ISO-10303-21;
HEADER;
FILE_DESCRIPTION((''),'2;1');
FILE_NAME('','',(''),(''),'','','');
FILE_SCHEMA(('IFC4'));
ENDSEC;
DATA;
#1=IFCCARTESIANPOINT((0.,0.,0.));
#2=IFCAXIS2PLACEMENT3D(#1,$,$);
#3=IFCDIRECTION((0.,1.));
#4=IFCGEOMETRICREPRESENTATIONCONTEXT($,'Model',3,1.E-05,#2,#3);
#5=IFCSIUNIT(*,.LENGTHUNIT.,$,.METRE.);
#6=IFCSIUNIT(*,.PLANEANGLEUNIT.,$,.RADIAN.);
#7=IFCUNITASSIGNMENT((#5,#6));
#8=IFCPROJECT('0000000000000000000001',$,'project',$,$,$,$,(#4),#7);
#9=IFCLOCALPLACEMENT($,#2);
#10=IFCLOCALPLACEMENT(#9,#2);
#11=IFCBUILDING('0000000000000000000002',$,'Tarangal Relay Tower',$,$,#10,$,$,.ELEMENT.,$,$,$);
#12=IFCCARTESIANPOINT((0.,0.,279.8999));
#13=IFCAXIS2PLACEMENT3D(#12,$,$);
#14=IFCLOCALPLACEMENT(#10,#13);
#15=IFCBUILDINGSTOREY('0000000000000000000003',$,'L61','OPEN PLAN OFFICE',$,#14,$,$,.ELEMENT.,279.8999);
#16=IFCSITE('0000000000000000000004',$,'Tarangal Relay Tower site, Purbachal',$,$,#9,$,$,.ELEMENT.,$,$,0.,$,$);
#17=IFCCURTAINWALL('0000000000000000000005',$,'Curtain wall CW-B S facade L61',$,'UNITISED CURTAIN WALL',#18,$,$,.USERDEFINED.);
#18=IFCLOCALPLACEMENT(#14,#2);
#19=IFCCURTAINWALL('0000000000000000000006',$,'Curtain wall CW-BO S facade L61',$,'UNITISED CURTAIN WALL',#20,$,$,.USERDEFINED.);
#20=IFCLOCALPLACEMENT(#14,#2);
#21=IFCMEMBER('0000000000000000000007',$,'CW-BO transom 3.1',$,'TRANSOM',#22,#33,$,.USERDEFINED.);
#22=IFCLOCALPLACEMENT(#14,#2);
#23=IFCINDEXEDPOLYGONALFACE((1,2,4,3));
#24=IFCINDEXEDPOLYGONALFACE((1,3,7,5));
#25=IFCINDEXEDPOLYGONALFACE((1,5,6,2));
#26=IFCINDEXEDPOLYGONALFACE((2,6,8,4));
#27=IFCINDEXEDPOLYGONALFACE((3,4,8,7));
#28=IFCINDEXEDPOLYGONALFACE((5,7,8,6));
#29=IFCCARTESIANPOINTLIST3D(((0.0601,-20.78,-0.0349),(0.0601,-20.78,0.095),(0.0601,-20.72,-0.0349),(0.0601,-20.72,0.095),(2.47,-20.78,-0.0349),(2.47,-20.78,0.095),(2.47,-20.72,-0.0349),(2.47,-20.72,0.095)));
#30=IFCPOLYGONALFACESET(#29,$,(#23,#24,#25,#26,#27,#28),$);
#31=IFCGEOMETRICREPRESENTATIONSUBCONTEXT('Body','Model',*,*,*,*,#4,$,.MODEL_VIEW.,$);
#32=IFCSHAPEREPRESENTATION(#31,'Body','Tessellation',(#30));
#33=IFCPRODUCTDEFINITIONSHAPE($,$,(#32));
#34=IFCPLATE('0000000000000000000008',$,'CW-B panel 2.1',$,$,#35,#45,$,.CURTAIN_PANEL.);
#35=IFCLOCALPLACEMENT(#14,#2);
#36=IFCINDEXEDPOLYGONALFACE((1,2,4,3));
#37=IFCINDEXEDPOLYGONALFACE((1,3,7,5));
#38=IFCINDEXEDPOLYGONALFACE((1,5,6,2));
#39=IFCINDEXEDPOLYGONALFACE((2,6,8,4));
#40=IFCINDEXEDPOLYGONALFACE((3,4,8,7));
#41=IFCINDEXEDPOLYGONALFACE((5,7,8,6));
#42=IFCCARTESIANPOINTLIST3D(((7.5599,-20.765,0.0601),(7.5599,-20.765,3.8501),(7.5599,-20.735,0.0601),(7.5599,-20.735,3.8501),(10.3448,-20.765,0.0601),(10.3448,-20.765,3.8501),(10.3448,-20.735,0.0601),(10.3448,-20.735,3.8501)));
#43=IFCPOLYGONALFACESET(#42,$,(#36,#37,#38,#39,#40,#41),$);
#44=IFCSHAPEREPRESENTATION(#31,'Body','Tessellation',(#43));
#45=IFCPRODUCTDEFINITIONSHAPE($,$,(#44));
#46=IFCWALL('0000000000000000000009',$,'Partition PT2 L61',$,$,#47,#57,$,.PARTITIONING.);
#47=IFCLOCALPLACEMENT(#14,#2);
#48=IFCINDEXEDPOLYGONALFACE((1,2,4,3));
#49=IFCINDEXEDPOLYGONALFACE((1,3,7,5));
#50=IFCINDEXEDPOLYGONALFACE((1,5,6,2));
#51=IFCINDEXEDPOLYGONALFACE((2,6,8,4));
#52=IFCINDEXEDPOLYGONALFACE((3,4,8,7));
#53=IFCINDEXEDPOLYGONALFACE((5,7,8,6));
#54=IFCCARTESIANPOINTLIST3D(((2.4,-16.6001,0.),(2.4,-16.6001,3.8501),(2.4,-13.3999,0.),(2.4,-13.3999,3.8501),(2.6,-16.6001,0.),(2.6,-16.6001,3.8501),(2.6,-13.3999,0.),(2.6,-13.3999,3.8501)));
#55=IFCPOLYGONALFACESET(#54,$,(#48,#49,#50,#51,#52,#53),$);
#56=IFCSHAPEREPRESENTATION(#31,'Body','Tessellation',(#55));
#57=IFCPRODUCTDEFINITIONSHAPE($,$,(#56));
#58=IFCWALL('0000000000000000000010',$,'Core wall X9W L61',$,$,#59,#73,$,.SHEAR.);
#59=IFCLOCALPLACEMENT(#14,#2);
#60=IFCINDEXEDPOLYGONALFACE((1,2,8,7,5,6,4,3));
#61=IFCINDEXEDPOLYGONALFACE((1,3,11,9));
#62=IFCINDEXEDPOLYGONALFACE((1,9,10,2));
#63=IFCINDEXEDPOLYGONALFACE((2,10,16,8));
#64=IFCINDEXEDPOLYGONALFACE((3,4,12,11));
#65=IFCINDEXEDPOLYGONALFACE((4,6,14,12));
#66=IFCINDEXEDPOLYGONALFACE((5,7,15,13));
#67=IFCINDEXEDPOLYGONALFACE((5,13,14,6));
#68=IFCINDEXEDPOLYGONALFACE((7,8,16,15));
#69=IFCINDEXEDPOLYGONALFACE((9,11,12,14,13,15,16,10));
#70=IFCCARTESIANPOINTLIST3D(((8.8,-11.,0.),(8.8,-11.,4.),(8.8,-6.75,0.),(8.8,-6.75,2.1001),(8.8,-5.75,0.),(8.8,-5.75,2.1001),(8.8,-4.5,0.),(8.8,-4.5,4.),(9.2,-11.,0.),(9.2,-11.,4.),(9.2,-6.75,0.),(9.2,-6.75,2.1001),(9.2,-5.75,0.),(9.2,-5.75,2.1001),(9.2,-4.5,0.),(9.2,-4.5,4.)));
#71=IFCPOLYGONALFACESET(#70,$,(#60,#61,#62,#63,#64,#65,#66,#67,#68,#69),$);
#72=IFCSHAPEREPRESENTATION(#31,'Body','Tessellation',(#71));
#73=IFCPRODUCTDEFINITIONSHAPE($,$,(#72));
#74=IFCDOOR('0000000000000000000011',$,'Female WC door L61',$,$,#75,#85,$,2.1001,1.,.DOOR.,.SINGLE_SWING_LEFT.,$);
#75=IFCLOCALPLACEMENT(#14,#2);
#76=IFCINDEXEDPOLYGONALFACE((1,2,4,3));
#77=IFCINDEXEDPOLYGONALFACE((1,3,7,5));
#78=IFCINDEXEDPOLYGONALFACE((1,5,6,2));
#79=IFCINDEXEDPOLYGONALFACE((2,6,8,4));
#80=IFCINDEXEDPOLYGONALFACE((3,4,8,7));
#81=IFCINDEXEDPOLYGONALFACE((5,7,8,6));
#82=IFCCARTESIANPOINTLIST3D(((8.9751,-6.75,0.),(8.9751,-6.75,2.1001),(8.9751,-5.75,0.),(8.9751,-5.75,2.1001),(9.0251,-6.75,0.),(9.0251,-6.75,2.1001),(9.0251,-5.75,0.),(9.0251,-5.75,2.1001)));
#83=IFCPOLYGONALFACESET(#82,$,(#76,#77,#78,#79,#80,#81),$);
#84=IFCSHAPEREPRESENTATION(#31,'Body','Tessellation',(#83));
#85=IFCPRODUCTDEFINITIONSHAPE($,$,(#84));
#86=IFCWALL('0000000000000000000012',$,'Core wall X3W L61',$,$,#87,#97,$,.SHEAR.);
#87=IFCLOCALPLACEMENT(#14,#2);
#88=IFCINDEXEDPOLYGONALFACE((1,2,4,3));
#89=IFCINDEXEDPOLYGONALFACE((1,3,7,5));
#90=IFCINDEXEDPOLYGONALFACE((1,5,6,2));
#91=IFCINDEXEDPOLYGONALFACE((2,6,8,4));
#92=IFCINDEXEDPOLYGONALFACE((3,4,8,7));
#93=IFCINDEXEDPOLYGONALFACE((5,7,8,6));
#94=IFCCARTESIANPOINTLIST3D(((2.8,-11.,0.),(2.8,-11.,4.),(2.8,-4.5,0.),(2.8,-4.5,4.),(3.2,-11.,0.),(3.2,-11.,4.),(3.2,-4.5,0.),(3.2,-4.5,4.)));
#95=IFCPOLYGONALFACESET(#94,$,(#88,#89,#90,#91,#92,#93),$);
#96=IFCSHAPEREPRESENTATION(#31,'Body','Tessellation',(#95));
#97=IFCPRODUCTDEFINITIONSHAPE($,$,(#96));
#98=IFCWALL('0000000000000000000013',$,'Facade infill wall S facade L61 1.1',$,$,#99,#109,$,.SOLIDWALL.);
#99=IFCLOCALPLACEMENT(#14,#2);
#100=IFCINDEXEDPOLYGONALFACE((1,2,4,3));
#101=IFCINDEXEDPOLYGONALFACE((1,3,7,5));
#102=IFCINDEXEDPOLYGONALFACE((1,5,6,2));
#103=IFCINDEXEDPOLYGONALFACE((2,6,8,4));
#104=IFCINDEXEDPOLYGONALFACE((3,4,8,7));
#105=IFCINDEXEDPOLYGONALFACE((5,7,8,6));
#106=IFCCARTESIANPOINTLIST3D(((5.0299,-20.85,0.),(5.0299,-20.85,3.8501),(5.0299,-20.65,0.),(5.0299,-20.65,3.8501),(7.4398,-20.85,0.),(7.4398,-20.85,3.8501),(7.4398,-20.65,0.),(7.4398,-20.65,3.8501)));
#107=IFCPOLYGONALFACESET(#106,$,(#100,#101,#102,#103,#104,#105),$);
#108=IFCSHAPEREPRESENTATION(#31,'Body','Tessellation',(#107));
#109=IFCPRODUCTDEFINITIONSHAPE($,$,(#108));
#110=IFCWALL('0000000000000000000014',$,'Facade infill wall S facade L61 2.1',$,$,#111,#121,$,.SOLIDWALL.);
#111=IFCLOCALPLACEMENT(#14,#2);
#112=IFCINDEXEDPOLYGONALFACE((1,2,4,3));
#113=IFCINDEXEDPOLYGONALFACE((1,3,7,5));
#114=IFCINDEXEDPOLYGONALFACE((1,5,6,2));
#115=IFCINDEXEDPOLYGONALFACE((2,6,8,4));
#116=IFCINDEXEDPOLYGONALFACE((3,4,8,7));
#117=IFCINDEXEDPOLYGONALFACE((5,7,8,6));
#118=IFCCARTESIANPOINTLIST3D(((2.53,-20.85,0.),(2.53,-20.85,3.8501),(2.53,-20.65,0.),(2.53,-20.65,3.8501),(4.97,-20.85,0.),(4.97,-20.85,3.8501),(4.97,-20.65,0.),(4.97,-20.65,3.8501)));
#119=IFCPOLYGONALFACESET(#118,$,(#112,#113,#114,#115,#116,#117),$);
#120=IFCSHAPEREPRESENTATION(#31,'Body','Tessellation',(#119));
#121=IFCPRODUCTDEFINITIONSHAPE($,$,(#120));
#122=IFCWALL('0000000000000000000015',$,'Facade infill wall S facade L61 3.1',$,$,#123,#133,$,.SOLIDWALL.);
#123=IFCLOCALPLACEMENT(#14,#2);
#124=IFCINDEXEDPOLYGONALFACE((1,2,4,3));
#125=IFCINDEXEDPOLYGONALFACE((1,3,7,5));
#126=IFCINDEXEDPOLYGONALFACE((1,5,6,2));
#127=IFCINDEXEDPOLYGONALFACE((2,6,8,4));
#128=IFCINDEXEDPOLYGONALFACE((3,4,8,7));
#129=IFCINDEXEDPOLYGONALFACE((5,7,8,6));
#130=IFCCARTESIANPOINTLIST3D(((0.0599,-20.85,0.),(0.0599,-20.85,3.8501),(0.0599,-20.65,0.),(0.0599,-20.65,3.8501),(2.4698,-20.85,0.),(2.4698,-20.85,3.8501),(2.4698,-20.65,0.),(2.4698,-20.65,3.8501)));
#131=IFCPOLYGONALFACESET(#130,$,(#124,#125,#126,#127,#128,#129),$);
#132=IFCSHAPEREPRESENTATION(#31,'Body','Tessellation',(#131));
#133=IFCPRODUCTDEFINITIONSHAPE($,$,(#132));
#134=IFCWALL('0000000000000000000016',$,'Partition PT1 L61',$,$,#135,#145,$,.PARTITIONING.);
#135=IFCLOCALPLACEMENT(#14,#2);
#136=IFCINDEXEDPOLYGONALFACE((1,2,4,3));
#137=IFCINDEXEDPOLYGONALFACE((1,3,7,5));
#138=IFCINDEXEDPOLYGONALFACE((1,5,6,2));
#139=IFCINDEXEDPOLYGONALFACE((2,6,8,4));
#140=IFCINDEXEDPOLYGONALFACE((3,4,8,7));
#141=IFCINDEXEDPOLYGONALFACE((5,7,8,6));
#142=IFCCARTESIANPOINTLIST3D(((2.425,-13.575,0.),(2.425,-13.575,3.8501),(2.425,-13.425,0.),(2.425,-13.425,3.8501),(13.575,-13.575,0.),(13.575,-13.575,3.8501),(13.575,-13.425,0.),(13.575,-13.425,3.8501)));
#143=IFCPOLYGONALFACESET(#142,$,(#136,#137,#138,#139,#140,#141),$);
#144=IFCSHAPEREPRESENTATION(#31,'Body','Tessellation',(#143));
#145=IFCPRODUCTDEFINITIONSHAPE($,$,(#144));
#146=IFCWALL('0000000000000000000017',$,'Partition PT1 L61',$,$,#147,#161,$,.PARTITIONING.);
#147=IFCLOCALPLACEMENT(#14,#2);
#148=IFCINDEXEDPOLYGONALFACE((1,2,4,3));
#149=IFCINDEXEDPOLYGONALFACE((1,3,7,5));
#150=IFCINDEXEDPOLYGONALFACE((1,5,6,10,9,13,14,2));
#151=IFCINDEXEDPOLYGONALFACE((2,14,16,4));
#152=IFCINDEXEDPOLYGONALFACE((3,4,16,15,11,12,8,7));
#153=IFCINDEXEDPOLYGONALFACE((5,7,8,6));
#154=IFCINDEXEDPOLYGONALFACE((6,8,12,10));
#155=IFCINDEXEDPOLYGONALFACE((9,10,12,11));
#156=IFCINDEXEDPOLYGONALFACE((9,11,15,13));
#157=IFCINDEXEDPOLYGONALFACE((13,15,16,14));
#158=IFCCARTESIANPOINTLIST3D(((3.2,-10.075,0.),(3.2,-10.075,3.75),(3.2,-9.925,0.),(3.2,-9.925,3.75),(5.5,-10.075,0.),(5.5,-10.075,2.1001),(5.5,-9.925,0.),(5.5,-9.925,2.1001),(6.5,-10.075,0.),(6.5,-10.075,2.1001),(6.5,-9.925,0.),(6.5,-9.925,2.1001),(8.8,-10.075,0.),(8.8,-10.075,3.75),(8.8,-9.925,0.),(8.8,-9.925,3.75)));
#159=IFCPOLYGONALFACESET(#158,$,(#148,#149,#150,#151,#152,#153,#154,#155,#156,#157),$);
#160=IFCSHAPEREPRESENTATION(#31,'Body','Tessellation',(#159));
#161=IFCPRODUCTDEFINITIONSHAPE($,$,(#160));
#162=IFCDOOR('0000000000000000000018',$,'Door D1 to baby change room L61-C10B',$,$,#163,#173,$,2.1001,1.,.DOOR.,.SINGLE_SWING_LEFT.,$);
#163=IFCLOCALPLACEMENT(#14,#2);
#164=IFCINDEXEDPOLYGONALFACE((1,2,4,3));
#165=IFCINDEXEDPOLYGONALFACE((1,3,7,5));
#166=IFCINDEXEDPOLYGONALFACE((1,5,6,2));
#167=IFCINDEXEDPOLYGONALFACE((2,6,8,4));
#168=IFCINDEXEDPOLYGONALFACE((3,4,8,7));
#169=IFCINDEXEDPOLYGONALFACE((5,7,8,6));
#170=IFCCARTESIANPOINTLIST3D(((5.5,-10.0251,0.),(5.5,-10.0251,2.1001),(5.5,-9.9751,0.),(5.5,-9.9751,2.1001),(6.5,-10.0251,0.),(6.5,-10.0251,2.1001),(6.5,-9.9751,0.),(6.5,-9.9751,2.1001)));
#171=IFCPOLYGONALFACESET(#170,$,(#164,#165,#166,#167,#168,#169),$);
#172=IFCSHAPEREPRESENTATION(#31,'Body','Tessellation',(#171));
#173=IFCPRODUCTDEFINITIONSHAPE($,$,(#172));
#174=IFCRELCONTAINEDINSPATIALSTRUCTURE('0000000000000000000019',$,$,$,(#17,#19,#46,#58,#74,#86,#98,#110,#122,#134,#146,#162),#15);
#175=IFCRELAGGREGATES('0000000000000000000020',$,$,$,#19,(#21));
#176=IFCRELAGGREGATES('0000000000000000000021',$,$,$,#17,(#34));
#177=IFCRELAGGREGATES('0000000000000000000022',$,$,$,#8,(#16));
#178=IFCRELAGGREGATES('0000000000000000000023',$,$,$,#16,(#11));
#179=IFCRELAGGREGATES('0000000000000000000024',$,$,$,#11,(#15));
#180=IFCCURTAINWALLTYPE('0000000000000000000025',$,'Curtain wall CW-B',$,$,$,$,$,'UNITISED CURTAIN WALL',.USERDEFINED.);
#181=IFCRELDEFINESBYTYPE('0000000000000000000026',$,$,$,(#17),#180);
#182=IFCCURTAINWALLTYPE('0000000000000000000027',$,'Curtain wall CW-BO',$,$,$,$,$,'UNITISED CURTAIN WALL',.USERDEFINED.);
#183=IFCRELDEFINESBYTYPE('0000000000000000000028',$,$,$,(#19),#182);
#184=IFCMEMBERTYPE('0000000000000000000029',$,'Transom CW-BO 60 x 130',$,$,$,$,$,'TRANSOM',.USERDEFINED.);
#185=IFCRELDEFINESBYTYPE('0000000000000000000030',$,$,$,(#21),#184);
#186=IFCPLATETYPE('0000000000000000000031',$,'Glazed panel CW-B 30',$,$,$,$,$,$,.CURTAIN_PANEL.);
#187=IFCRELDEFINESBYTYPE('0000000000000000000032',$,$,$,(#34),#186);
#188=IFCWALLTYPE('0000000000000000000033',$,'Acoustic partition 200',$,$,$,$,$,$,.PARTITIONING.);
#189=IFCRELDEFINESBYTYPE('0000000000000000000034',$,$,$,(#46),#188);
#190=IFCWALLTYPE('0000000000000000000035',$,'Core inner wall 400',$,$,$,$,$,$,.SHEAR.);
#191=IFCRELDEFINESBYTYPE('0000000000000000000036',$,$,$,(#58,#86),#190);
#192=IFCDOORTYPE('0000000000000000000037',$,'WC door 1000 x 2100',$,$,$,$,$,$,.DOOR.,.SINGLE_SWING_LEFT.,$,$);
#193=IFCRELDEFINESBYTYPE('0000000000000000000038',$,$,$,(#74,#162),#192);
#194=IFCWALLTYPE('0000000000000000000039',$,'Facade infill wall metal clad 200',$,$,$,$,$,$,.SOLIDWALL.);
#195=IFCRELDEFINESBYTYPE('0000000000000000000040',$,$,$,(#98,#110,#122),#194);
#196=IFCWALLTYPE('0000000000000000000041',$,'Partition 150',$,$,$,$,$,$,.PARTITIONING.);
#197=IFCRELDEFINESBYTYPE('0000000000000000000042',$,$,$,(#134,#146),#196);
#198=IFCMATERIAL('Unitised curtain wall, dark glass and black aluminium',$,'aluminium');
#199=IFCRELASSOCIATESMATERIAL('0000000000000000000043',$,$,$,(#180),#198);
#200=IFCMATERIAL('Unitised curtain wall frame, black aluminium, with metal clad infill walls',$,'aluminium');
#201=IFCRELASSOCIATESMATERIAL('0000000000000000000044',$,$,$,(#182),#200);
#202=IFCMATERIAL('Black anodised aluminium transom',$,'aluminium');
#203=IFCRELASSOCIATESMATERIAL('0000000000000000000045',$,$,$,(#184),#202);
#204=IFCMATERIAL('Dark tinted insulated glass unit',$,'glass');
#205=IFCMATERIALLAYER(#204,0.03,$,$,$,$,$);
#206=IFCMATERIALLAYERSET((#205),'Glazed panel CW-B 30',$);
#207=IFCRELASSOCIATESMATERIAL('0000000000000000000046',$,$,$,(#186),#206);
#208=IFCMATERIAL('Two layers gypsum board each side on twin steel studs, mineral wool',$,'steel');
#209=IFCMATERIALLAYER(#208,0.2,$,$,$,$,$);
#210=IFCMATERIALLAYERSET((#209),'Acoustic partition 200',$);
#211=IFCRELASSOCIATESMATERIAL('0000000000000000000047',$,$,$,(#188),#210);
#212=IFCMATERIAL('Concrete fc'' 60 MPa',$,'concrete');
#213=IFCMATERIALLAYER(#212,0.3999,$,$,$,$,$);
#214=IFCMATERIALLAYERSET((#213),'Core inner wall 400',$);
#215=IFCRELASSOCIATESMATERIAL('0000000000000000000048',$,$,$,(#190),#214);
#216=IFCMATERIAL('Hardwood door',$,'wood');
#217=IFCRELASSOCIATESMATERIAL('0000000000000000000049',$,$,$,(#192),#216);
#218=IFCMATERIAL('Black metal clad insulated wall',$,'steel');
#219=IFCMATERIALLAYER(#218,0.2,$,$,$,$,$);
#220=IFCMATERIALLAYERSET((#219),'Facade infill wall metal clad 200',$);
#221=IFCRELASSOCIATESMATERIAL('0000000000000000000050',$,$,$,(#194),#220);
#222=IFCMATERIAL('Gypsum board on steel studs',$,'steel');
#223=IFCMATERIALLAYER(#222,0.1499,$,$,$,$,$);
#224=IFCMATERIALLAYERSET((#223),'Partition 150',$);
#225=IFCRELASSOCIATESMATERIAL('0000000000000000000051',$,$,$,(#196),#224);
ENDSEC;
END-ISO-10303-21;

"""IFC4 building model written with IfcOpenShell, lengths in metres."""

from ifc_helpers import new_model, si_unit, direction, frame, frame_2d, origin, origin_2d, place, context, subcontext, project, spatial, rectangle, extrude, material, layer, layer_set, material_profile, profile_set, type_object, element, fill, aggregate, save


model = new_model("IFC4")

# Units and contexts
model_context = context("Model", 3, precision=1e-05, world=origin(), true_north=direction((0.0, 1.0)))
body_context = subcontext(model_context, "Body", "Model", "MODEL_VIEW")
ifc_project = project(units=[si_unit("LENGTHUNIT", "METRE"), si_unit("PLANEANGLEUNIT", "RADIAN")], contexts=[model_context])

# Site, building, storey
site_placement = place(None, origin())
site = spatial("IfcSite", under=ifc_project, at=site_placement, Name="Tarangal Relay Tower site, Purbachal", CompositionType="ELEMENT", RefElevation=0.0)
building_placement = place(site_placement, origin())
building = spatial("IfcBuilding", under=site, at=building_placement, Name="Tarangal Relay Tower", CompositionType="ELEMENT")
storey_placement = place(building_placement, frame((0.0, 0.0, 279.8999)))
storey = spatial("IfcBuildingStorey", under=building, at=storey_placement, Name="L61", Description="OPEN PLAN OFFICE", CompositionType="ELEMENT", Elevation=279.8999)

# Curtain wall
ifc_material_1 = material(Name="Unitised curtain wall, dark glass and black aluminium", Category="aluminium")
curtain_wall_type_1 = type_object("IfcCurtainWallType", Name="Curtain wall CW-B", ElementType="UNITISED CURTAIN WALL", PredefinedType="USERDEFINED", material=ifc_material_1)
curtain_wall_1_placement = place(storey_placement, origin())
curtain_wall_1 = element("IfcCurtainWall", 1, at=curtain_wall_1_placement, inside=storey, type_object=curtain_wall_type_1, Name="Curtain wall CW-B S facade L61", ObjectType="UNITISED CURTAIN WALL", PredefinedType="USERDEFINED")

# Curtain wall, member
ifc_material_2 = material(Name="Unitised curtain wall frame, black aluminium, with metal clad infill walls", Category="aluminium")
curtain_wall_type_2 = type_object("IfcCurtainWallType", Name="Curtain wall CW-BO", ElementType="UNITISED CURTAIN WALL", PredefinedType="USERDEFINED", material=ifc_material_2)
curtain_wall_2_placement = place(storey_placement, origin())
curtain_wall_2 = element("IfcCurtainWall", 2, at=curtain_wall_2_placement, inside=storey, type_object=curtain_wall_type_2, Name="Curtain wall CW-BO S facade L61", ObjectType="UNITISED CURTAIN WALL", PredefinedType="USERDEFINED")
ifc_material_3 = material(Name="Black anodised aluminium transom", Category="aluminium")
ifc_material_profile_1 = material_profile(ifc_material_3, rectangle(XDim=0.0601, YDim=0.1299, at=origin_2d()), Name="CW-BOT 60X130")
ifc_profile_set_1 = profile_set([ifc_material_profile_1], Name="Black anodised aluminium transom")
member_type_1 = type_object("IfcMemberType", Name="Transom CW-BO 60 x 130", ElementType="TRANSOM", PredefinedType="USERDEFINED", material=ifc_profile_set_1)
member_1_placement = place(storey_placement, frame((2.47, -20.75, 0.03), z_axis=(-1.0, 0.0, 0.0), x_axis=(0.0, -1.0, 0.0)))
member_1 = element("IfcMember", 3, at=member_1_placement, type_object=member_type_1, Name="CW-BO transom 3.1", ObjectType="TRANSOM", PredefinedType="USERDEFINED", context=body_context, shape_type="SweptSolid", body=[
    extrude(rectangle(XDim=0.0601, YDim=0.1299, at=origin_2d()), origin(), (0.0, 0.0, 1.0), 2.4099),
])
aggregate(curtain_wall_2, [member_1])

# Plate
ifc_material_4 = material(Name="Dark tinted insulated glass unit", Category="glass")
ifc_layer_1 = layer(ifc_material_4, 0.03)
ifc_layer_set_1 = layer_set([ifc_layer_1], Name="Glazed panel CW-B 30")
plate_type = type_object("IfcPlateType", Name="Glazed panel CW-B 30", PredefinedType="CURTAIN_PANEL", material=ifc_layer_set_1)
plate_placement = place(storey_placement, frame((8.9524, -20.75, 0.0601), z_axis=(0.0, 0.0, 1.0), x_axis=(-1.0, 0.0, 0.0)))
plate = element("IfcPlate", 4, at=plate_placement, type_object=plate_type, Name="CW-B panel 2.1", PredefinedType="CURTAIN_PANEL", context=body_context, shape_type="SweptSolid", body=[
    extrude(rectangle(XDim=2.7849, YDim=0.03, at=origin_2d()), origin(), (0.0, 0.0, 1.0), 3.79),
])
aggregate(curtain_wall_1, [plate])

# Wall
ifc_material_5 = material(Name="Two layers gypsum board each side on twin steel studs, mineral wool", Category="steel")
ifc_layer_2 = layer(ifc_material_5, 0.2)
ifc_layer_set_2 = layer_set([ifc_layer_2], Name="Acoustic partition 200")
wall_type_1 = type_object("IfcWallType", Name="Acoustic partition 200", PredefinedType="PARTITIONING", material=ifc_layer_set_2)
wall_1_placement = place(storey_placement, frame((2.5, -16.6001, 0.0), z_axis=(0.0, 0.0, 1.0), x_axis=(0.0, 1.0, 0.0)))
element("IfcWall", 5, at=wall_1_placement, inside=storey, type_object=wall_type_1, Name="Partition PT2 L61", PredefinedType="PARTITIONING", context=body_context, shape_type="SweptSolid", body=[
    extrude(rectangle(XDim=3.2002, YDim=0.2, at=frame_2d((1.6001, 0.0))), origin(), (0.0, 0.0, 1.0), 3.8501),
])

# Wall, opening, door
ifc_material_6 = material(Name="Concrete fc' 60 MPa", Category="concrete")
ifc_layer_3 = layer(ifc_material_6, 0.3999)
ifc_layer_set_3 = layer_set([ifc_layer_3], Name="Core inner wall 400")
wall_type_2 = type_object("IfcWallType", Name="Core inner wall 400", PredefinedType="SHEAR", material=ifc_layer_set_3)
wall_2_placement = place(storey_placement, frame((9.0, -11.0, 0.0), z_axis=(0.0, 0.0, 1.0), x_axis=(0.0, 1.0, 0.0)))
wall_2 = element("IfcWall", 6, at=wall_2_placement, inside=storey, type_object=wall_type_2, Name="Core wall X9W L61", PredefinedType="SHEAR", context=body_context, shape_type="SweptSolid", body=[
    extrude(rectangle(XDim=6.5, YDim=0.3999, at=frame_2d((3.25, 0.0))), origin(), (0.0, 0.0, 1.0), 4.0),
])
opening_1_placement = place(wall_2_placement, frame((4.25, 0.0, 0.0)))
opening_1 = element("IfcOpeningElement", 7, at=opening_1_placement, cuts=wall_2, PredefinedType="OPENING", context=body_context, shape_type="SweptSolid", body=[
    extrude(rectangle(XDim=1.0, YDim=2.1001, at=frame_2d((0.5, 1.05))), frame((0.0, 0.21, 0.0), z_axis=(0.0, -1.0, 0.0), x_axis=(1.0, 0.0, 0.0)), (0.0, 0.0, 1.0), 0.4199),
])
ifc_material_7 = material(Name="Hardwood door", Category="wood")
door_type = type_object("IfcDoorType", Name="WC door 1000 x 2100", OperationType="SINGLE_SWING_LEFT", PredefinedType="DOOR", material=ifc_material_7)
door_1_placement = place(opening_1_placement, origin())
door_1 = element("IfcDoor", 8, at=door_1_placement, inside=storey, type_object=door_type, Name="Female WC door L61", OperationType="SINGLE_SWING_LEFT", OverallHeight=2.1001, OverallWidth=1.0, PredefinedType="DOOR", context=body_context, shape_type="SweptSolid", body=[
    extrude(rectangle(XDim=1.0, YDim=2.1001, at=frame_2d((0.5, 1.05))), frame((0.0, 0.0249, 0.0), z_axis=(0.0, -1.0, 0.0), x_axis=(1.0, 0.0, 0.0)), (0.0, 0.0, 1.0), 0.05),
])
fill(opening_1, door_1)

# Walls
wall_3_placement = place(storey_placement, frame((3.0, -11.0, 0.0), z_axis=(0.0, 0.0, 1.0), x_axis=(0.0, 1.0, 0.0)))
element("IfcWall", 9, at=wall_3_placement, inside=storey, type_object=wall_type_2, Name="Core wall X3W L61", PredefinedType="SHEAR", context=body_context, shape_type="SweptSolid", body=[
    extrude(rectangle(XDim=6.5, YDim=0.3999, at=frame_2d((3.25, 0.0))), origin(), (0.0, 0.0, 1.0), 4.0),
])
ifc_material_8 = material(Name="Black metal clad insulated wall", Category="steel")
ifc_layer_4 = layer(ifc_material_8, 0.2)
ifc_layer_set_4 = layer_set([ifc_layer_4], Name="Facade infill wall metal clad 200")
wall_type_3 = type_object("IfcWallType", Name="Facade infill wall metal clad 200", PredefinedType="SOLIDWALL", material=ifc_layer_set_4)
wall_4_placement = place(storey_placement, frame((7.4399, -20.75, 0.0), z_axis=(0.0, 0.0, 1.0), x_axis=(-1.0, 0.0, 0.0)))
element("IfcWall", 10, at=wall_4_placement, inside=storey, type_object=wall_type_3, Name="Facade infill wall S facade L61 1.1", PredefinedType="SOLIDWALL", context=body_context, shape_type="SweptSolid", body=[
    extrude(rectangle(XDim=2.4099, YDim=0.2, at=frame_2d((1.2051, 0.0))), origin(), (0.0, 0.0, 1.0), 3.8501),
])
wall_5_placement = place(storey_placement, frame((4.97, -20.75, 0.0), z_axis=(0.0, 0.0, 1.0), x_axis=(-1.0, 0.0, 0.0)))
element("IfcWall", 11, at=wall_5_placement, inside=storey, type_object=wall_type_3, Name="Facade infill wall S facade L61 2.1", PredefinedType="SOLIDWALL", context=body_context, shape_type="SweptSolid", body=[
    extrude(rectangle(XDim=2.4399, YDim=0.2, at=frame_2d((1.22, 0.0))), origin(), (0.0, 0.0, 1.0), 3.8501),
])
wall_6_placement = place(storey_placement, frame((2.47, -20.75, 0.0), z_axis=(0.0, 0.0, 1.0), x_axis=(-1.0, 0.0, 0.0)))
element("IfcWall", 12, at=wall_6_placement, inside=storey, type_object=wall_type_3, Name="Facade infill wall S facade L61 3.1", PredefinedType="SOLIDWALL", context=body_context, shape_type="SweptSolid", body=[
    extrude(rectangle(XDim=2.4099, YDim=0.2, at=frame_2d((1.2051, 0.0))), origin(), (0.0, 0.0, 1.0), 3.8501),
])
ifc_material_9 = material(Name="Gypsum board on steel studs", Category="steel")
ifc_layer_5 = layer(ifc_material_9, 0.1499)
ifc_layer_set_5 = layer_set([ifc_layer_5], Name="Partition 150")
wall_type_4 = type_object("IfcWallType", Name="Partition 150", PredefinedType="PARTITIONING", material=ifc_layer_set_5)
wall_7_placement = place(storey_placement, frame((2.425, -13.5, 0.0), z_axis=(0.0, 0.0, 1.0), x_axis=(1.0, 0.0, 0.0)))
element("IfcWall", 13, at=wall_7_placement, inside=storey, type_object=wall_type_4, Name="Partition PT1 L61", PredefinedType="PARTITIONING", context=body_context, shape_type="SweptSolid", body=[
    extrude(rectangle(XDim=11.1499, YDim=0.1499, at=frame_2d((5.575, 0.0))), origin(), (0.0, 0.0, 1.0), 3.8501),
])

# Wall, opening, door
wall_8_placement = place(storey_placement, frame((3.2, -10.0, 0.0), z_axis=(0.0, 0.0, 1.0), x_axis=(1.0, 0.0, 0.0)))
wall_8 = element("IfcWall", 14, at=wall_8_placement, inside=storey, type_object=wall_type_4, Name="Partition PT1 L61", PredefinedType="PARTITIONING", context=body_context, shape_type="SweptSolid", body=[
    extrude(rectangle(XDim=5.6001, YDim=0.1499, at=frame_2d((2.8, 0.0))), origin(), (0.0, 0.0, 1.0), 3.75),
])
opening_2_placement = place(wall_8_placement, frame((2.3, 0.0, 0.0)))
opening_2 = element("IfcOpeningElement", 15, at=opening_2_placement, cuts=wall_8, PredefinedType="OPENING", context=body_context, shape_type="SweptSolid", body=[
    extrude(rectangle(XDim=1.0, YDim=2.1001, at=frame_2d((0.5, 1.05))), frame((0.0, 0.085, 0.0), z_axis=(0.0, -1.0, 0.0), x_axis=(1.0, 0.0, 0.0)), (0.0, 0.0, 1.0), 0.1699),
])
door_2_placement = place(opening_2_placement, origin())
door_2 = element("IfcDoor", 16, at=door_2_placement, inside=storey, type_object=door_type, Name="Door D1 to baby change room L61-C10B", OperationType="SINGLE_SWING_LEFT", OverallHeight=2.1001, OverallWidth=1.0, PredefinedType="DOOR", context=body_context, shape_type="SweptSolid", body=[
    extrude(rectangle(XDim=1.0, YDim=2.1001, at=frame_2d((0.5, 1.05))), frame((0.0, 0.0249, 0.0), z_axis=(0.0, -1.0, 0.0), x_axis=(1.0, 0.0, 0.0)), (0.0, 0.0, 1.0), 0.05),
])
fill(opening_2, door_2)

save(model, "model.ifc")
